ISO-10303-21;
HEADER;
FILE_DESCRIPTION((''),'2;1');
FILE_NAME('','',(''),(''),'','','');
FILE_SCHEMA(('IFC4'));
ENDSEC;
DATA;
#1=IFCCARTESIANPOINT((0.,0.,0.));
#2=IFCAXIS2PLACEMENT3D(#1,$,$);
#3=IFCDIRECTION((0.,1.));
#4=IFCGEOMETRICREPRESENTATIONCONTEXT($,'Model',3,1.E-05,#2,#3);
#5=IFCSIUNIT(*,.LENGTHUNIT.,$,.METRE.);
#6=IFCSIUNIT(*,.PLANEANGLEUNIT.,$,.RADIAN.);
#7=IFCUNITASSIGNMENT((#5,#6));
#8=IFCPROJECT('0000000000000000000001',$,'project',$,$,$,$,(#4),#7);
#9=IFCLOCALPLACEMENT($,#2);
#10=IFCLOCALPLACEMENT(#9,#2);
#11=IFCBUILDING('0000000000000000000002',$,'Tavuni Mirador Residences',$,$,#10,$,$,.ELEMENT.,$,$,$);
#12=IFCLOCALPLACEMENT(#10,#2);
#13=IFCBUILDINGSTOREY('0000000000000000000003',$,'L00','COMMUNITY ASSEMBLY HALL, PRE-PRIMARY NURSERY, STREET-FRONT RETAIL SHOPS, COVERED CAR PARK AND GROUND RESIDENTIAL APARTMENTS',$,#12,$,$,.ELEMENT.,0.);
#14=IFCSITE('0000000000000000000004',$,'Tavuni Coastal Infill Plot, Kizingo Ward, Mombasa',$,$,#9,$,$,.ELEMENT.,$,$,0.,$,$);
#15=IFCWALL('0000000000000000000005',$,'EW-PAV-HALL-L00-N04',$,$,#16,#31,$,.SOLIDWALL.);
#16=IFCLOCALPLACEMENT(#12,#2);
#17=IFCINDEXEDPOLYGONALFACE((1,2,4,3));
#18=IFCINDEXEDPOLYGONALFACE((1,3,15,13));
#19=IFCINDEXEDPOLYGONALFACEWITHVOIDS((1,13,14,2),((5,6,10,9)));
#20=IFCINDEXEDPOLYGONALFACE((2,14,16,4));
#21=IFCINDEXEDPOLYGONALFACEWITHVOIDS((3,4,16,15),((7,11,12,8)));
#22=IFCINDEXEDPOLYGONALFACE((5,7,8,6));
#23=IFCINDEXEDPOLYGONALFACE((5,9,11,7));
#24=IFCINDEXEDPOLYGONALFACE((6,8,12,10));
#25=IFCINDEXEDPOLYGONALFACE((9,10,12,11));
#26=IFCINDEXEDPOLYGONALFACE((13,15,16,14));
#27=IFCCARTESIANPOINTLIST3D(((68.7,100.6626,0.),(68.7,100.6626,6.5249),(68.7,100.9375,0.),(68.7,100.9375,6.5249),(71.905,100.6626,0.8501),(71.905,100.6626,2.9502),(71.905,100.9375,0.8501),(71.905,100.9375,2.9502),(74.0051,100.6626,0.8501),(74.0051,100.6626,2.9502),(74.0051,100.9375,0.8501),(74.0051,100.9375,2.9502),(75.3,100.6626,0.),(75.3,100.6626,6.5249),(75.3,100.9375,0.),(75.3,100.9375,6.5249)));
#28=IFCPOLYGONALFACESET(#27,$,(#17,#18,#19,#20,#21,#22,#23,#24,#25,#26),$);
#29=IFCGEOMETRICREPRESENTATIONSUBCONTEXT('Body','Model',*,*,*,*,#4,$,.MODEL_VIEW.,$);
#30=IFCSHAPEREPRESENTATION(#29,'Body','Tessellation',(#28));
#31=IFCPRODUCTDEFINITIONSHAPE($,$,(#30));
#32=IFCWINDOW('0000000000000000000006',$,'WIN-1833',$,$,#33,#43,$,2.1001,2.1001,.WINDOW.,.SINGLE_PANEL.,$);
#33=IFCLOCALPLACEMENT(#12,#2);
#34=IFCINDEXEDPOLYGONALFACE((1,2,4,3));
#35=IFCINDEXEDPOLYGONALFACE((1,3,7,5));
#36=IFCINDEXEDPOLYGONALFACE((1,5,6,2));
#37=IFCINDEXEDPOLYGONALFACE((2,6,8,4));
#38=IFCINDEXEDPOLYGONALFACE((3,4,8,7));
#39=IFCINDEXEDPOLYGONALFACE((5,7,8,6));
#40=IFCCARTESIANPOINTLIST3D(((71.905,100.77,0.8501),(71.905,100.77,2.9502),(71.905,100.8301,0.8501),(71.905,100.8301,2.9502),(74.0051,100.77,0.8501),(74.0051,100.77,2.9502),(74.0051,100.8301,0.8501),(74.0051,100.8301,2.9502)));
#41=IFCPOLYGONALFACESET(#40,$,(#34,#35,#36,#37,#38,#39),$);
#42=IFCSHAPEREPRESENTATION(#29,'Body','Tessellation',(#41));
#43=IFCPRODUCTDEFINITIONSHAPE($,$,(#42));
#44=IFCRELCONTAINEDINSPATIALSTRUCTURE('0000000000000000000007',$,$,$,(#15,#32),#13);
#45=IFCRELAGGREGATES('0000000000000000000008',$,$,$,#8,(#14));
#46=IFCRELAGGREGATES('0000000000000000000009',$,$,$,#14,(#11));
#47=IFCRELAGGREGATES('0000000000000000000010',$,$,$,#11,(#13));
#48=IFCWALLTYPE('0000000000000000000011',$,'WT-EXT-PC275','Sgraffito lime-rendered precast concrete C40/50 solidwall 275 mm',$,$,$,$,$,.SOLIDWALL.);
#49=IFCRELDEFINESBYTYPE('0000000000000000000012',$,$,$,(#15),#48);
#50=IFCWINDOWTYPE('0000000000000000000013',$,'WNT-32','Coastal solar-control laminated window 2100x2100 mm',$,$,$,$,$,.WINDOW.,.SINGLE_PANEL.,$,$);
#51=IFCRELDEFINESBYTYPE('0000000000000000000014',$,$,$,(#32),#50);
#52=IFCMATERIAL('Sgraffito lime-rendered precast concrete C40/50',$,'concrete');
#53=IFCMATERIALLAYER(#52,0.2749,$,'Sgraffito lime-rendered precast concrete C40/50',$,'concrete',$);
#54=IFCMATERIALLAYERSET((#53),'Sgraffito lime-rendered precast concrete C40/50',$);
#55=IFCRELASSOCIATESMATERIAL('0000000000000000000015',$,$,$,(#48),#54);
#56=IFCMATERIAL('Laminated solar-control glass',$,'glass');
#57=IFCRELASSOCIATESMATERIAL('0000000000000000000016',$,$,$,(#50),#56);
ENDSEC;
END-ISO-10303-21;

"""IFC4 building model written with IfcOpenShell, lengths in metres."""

from ifc_helpers import new_model, si_unit, direction, frame, frame_2d, origin, place, context, subcontext, project, spatial, rectangle, extrude, material, layer, layer_set, type_object, element, fill, save


model = new_model("IFC4")

# Units and contexts
model_context = context("Model", 3, precision=1e-05, world=origin(), true_north=direction((0.0, 1.0)))
body_context = subcontext(model_context, "Body", "Model", "MODEL_VIEW")
ifc_project = project(units=[si_unit("LENGTHUNIT", "METRE"), si_unit("PLANEANGLEUNIT", "RADIAN")], contexts=[model_context])

# Site, building, storey
site_placement = place(None, origin())
site = spatial("IfcSite", under=ifc_project, at=site_placement, Name="Tavuni Coastal Infill Plot, Kizingo Ward, Mombasa", CompositionType="ELEMENT", RefElevation=0.0)
building_placement = place(site_placement, origin())
building = spatial("IfcBuilding", under=site, at=building_placement, Name="Tavuni Mirador Residences", CompositionType="ELEMENT")
storey_placement = place(building_placement, origin())
storey = spatial("IfcBuildingStorey", under=building, at=storey_placement, Name="L00", Description="COMMUNITY ASSEMBLY HALL, PRE-PRIMARY NURSERY, STREET-FRONT RETAIL SHOPS, COVERED CAR PARK AND GROUND RESIDENTIAL APARTMENTS", CompositionType="ELEMENT", Elevation=0.0)

# Wall, opening, window
ifc_material_1 = material(Name="Sgraffito lime-rendered precast concrete C40/50", Category="concrete")
ifc_layer_1 = layer(ifc_material_1, 0.2749, Name="Sgraffito lime-rendered precast concrete C40/50", Category="concrete")
ifc_layer_set_1 = layer_set([ifc_layer_1], Name="Sgraffito lime-rendered precast concrete C40/50")
wall_type = type_object("IfcWallType", Name="WT-EXT-PC275", Description="Sgraffito lime-rendered precast concrete C40/50 solidwall 275 mm", PredefinedType="SOLIDWALL", material=ifc_layer_set_1)
wall_placement = place(storey_placement, frame((75.3, 100.8, 0.0), z_axis=(0.0, 0.0, 1.0), x_axis=(-1.0, 0.0, 0.0)))
wall = element("IfcWall", 1, at=wall_placement, inside=storey, type_object=wall_type, Name="EW-PAV-HALL-L00-N04", PredefinedType="SOLIDWALL", context=body_context, shape_type="SweptSolid", body=[
    extrude(rectangle(XDim=6.6001, YDim=0.2749, at=frame_2d((3.3, 0.0))), origin(), (0.0, 0.0, 1.0), 6.5249),
])
opening_placement = place(wall_placement, frame((1.2949, 0.0, 0.8501)))
opening = element("IfcOpeningElement", 2, at=opening_placement, cuts=wall, PredefinedType="OPENING", context=body_context, shape_type="SweptSolid", body=[
    extrude(rectangle(XDim=2.1001, YDim=2.1001, at=frame_2d((1.05, 1.05))), frame((0.0, 0.1475, 0.0), z_axis=(0.0, -1.0, 0.0), x_axis=(1.0, 0.0, 0.0)), (0.0, 0.0, 1.0), 0.2949),
])
ifc_material_2 = material(Name="Laminated solar-control glass", Category="glass")
window_type = type_object("IfcWindowType", Name="WNT-32", Description="Coastal solar-control laminated window 2100x2100 mm", PartitioningType="SINGLE_PANEL", PredefinedType="WINDOW", material=ifc_material_2)
window_placement = place(opening_placement, origin())
window = element("IfcWindow", 3, at=window_placement, inside=storey, type_object=window_type, Name="WIN-1833", OverallHeight=2.1001, OverallWidth=2.1001, PartitioningType="SINGLE_PANEL", PredefinedType="WINDOW", context=body_context, shape_type="SweptSolid", body=[
    extrude(rectangle(XDim=2.1001, YDim=2.1001, at=frame_2d((1.05, 1.05))), frame((0.0, 0.03, 0.0), z_axis=(0.0, -1.0, 0.0), x_axis=(1.0, 0.0, 0.0)), (0.0, 0.0, 1.0), 0.0601),
])
fill(opening, window)

save(model, "model.ifc")
